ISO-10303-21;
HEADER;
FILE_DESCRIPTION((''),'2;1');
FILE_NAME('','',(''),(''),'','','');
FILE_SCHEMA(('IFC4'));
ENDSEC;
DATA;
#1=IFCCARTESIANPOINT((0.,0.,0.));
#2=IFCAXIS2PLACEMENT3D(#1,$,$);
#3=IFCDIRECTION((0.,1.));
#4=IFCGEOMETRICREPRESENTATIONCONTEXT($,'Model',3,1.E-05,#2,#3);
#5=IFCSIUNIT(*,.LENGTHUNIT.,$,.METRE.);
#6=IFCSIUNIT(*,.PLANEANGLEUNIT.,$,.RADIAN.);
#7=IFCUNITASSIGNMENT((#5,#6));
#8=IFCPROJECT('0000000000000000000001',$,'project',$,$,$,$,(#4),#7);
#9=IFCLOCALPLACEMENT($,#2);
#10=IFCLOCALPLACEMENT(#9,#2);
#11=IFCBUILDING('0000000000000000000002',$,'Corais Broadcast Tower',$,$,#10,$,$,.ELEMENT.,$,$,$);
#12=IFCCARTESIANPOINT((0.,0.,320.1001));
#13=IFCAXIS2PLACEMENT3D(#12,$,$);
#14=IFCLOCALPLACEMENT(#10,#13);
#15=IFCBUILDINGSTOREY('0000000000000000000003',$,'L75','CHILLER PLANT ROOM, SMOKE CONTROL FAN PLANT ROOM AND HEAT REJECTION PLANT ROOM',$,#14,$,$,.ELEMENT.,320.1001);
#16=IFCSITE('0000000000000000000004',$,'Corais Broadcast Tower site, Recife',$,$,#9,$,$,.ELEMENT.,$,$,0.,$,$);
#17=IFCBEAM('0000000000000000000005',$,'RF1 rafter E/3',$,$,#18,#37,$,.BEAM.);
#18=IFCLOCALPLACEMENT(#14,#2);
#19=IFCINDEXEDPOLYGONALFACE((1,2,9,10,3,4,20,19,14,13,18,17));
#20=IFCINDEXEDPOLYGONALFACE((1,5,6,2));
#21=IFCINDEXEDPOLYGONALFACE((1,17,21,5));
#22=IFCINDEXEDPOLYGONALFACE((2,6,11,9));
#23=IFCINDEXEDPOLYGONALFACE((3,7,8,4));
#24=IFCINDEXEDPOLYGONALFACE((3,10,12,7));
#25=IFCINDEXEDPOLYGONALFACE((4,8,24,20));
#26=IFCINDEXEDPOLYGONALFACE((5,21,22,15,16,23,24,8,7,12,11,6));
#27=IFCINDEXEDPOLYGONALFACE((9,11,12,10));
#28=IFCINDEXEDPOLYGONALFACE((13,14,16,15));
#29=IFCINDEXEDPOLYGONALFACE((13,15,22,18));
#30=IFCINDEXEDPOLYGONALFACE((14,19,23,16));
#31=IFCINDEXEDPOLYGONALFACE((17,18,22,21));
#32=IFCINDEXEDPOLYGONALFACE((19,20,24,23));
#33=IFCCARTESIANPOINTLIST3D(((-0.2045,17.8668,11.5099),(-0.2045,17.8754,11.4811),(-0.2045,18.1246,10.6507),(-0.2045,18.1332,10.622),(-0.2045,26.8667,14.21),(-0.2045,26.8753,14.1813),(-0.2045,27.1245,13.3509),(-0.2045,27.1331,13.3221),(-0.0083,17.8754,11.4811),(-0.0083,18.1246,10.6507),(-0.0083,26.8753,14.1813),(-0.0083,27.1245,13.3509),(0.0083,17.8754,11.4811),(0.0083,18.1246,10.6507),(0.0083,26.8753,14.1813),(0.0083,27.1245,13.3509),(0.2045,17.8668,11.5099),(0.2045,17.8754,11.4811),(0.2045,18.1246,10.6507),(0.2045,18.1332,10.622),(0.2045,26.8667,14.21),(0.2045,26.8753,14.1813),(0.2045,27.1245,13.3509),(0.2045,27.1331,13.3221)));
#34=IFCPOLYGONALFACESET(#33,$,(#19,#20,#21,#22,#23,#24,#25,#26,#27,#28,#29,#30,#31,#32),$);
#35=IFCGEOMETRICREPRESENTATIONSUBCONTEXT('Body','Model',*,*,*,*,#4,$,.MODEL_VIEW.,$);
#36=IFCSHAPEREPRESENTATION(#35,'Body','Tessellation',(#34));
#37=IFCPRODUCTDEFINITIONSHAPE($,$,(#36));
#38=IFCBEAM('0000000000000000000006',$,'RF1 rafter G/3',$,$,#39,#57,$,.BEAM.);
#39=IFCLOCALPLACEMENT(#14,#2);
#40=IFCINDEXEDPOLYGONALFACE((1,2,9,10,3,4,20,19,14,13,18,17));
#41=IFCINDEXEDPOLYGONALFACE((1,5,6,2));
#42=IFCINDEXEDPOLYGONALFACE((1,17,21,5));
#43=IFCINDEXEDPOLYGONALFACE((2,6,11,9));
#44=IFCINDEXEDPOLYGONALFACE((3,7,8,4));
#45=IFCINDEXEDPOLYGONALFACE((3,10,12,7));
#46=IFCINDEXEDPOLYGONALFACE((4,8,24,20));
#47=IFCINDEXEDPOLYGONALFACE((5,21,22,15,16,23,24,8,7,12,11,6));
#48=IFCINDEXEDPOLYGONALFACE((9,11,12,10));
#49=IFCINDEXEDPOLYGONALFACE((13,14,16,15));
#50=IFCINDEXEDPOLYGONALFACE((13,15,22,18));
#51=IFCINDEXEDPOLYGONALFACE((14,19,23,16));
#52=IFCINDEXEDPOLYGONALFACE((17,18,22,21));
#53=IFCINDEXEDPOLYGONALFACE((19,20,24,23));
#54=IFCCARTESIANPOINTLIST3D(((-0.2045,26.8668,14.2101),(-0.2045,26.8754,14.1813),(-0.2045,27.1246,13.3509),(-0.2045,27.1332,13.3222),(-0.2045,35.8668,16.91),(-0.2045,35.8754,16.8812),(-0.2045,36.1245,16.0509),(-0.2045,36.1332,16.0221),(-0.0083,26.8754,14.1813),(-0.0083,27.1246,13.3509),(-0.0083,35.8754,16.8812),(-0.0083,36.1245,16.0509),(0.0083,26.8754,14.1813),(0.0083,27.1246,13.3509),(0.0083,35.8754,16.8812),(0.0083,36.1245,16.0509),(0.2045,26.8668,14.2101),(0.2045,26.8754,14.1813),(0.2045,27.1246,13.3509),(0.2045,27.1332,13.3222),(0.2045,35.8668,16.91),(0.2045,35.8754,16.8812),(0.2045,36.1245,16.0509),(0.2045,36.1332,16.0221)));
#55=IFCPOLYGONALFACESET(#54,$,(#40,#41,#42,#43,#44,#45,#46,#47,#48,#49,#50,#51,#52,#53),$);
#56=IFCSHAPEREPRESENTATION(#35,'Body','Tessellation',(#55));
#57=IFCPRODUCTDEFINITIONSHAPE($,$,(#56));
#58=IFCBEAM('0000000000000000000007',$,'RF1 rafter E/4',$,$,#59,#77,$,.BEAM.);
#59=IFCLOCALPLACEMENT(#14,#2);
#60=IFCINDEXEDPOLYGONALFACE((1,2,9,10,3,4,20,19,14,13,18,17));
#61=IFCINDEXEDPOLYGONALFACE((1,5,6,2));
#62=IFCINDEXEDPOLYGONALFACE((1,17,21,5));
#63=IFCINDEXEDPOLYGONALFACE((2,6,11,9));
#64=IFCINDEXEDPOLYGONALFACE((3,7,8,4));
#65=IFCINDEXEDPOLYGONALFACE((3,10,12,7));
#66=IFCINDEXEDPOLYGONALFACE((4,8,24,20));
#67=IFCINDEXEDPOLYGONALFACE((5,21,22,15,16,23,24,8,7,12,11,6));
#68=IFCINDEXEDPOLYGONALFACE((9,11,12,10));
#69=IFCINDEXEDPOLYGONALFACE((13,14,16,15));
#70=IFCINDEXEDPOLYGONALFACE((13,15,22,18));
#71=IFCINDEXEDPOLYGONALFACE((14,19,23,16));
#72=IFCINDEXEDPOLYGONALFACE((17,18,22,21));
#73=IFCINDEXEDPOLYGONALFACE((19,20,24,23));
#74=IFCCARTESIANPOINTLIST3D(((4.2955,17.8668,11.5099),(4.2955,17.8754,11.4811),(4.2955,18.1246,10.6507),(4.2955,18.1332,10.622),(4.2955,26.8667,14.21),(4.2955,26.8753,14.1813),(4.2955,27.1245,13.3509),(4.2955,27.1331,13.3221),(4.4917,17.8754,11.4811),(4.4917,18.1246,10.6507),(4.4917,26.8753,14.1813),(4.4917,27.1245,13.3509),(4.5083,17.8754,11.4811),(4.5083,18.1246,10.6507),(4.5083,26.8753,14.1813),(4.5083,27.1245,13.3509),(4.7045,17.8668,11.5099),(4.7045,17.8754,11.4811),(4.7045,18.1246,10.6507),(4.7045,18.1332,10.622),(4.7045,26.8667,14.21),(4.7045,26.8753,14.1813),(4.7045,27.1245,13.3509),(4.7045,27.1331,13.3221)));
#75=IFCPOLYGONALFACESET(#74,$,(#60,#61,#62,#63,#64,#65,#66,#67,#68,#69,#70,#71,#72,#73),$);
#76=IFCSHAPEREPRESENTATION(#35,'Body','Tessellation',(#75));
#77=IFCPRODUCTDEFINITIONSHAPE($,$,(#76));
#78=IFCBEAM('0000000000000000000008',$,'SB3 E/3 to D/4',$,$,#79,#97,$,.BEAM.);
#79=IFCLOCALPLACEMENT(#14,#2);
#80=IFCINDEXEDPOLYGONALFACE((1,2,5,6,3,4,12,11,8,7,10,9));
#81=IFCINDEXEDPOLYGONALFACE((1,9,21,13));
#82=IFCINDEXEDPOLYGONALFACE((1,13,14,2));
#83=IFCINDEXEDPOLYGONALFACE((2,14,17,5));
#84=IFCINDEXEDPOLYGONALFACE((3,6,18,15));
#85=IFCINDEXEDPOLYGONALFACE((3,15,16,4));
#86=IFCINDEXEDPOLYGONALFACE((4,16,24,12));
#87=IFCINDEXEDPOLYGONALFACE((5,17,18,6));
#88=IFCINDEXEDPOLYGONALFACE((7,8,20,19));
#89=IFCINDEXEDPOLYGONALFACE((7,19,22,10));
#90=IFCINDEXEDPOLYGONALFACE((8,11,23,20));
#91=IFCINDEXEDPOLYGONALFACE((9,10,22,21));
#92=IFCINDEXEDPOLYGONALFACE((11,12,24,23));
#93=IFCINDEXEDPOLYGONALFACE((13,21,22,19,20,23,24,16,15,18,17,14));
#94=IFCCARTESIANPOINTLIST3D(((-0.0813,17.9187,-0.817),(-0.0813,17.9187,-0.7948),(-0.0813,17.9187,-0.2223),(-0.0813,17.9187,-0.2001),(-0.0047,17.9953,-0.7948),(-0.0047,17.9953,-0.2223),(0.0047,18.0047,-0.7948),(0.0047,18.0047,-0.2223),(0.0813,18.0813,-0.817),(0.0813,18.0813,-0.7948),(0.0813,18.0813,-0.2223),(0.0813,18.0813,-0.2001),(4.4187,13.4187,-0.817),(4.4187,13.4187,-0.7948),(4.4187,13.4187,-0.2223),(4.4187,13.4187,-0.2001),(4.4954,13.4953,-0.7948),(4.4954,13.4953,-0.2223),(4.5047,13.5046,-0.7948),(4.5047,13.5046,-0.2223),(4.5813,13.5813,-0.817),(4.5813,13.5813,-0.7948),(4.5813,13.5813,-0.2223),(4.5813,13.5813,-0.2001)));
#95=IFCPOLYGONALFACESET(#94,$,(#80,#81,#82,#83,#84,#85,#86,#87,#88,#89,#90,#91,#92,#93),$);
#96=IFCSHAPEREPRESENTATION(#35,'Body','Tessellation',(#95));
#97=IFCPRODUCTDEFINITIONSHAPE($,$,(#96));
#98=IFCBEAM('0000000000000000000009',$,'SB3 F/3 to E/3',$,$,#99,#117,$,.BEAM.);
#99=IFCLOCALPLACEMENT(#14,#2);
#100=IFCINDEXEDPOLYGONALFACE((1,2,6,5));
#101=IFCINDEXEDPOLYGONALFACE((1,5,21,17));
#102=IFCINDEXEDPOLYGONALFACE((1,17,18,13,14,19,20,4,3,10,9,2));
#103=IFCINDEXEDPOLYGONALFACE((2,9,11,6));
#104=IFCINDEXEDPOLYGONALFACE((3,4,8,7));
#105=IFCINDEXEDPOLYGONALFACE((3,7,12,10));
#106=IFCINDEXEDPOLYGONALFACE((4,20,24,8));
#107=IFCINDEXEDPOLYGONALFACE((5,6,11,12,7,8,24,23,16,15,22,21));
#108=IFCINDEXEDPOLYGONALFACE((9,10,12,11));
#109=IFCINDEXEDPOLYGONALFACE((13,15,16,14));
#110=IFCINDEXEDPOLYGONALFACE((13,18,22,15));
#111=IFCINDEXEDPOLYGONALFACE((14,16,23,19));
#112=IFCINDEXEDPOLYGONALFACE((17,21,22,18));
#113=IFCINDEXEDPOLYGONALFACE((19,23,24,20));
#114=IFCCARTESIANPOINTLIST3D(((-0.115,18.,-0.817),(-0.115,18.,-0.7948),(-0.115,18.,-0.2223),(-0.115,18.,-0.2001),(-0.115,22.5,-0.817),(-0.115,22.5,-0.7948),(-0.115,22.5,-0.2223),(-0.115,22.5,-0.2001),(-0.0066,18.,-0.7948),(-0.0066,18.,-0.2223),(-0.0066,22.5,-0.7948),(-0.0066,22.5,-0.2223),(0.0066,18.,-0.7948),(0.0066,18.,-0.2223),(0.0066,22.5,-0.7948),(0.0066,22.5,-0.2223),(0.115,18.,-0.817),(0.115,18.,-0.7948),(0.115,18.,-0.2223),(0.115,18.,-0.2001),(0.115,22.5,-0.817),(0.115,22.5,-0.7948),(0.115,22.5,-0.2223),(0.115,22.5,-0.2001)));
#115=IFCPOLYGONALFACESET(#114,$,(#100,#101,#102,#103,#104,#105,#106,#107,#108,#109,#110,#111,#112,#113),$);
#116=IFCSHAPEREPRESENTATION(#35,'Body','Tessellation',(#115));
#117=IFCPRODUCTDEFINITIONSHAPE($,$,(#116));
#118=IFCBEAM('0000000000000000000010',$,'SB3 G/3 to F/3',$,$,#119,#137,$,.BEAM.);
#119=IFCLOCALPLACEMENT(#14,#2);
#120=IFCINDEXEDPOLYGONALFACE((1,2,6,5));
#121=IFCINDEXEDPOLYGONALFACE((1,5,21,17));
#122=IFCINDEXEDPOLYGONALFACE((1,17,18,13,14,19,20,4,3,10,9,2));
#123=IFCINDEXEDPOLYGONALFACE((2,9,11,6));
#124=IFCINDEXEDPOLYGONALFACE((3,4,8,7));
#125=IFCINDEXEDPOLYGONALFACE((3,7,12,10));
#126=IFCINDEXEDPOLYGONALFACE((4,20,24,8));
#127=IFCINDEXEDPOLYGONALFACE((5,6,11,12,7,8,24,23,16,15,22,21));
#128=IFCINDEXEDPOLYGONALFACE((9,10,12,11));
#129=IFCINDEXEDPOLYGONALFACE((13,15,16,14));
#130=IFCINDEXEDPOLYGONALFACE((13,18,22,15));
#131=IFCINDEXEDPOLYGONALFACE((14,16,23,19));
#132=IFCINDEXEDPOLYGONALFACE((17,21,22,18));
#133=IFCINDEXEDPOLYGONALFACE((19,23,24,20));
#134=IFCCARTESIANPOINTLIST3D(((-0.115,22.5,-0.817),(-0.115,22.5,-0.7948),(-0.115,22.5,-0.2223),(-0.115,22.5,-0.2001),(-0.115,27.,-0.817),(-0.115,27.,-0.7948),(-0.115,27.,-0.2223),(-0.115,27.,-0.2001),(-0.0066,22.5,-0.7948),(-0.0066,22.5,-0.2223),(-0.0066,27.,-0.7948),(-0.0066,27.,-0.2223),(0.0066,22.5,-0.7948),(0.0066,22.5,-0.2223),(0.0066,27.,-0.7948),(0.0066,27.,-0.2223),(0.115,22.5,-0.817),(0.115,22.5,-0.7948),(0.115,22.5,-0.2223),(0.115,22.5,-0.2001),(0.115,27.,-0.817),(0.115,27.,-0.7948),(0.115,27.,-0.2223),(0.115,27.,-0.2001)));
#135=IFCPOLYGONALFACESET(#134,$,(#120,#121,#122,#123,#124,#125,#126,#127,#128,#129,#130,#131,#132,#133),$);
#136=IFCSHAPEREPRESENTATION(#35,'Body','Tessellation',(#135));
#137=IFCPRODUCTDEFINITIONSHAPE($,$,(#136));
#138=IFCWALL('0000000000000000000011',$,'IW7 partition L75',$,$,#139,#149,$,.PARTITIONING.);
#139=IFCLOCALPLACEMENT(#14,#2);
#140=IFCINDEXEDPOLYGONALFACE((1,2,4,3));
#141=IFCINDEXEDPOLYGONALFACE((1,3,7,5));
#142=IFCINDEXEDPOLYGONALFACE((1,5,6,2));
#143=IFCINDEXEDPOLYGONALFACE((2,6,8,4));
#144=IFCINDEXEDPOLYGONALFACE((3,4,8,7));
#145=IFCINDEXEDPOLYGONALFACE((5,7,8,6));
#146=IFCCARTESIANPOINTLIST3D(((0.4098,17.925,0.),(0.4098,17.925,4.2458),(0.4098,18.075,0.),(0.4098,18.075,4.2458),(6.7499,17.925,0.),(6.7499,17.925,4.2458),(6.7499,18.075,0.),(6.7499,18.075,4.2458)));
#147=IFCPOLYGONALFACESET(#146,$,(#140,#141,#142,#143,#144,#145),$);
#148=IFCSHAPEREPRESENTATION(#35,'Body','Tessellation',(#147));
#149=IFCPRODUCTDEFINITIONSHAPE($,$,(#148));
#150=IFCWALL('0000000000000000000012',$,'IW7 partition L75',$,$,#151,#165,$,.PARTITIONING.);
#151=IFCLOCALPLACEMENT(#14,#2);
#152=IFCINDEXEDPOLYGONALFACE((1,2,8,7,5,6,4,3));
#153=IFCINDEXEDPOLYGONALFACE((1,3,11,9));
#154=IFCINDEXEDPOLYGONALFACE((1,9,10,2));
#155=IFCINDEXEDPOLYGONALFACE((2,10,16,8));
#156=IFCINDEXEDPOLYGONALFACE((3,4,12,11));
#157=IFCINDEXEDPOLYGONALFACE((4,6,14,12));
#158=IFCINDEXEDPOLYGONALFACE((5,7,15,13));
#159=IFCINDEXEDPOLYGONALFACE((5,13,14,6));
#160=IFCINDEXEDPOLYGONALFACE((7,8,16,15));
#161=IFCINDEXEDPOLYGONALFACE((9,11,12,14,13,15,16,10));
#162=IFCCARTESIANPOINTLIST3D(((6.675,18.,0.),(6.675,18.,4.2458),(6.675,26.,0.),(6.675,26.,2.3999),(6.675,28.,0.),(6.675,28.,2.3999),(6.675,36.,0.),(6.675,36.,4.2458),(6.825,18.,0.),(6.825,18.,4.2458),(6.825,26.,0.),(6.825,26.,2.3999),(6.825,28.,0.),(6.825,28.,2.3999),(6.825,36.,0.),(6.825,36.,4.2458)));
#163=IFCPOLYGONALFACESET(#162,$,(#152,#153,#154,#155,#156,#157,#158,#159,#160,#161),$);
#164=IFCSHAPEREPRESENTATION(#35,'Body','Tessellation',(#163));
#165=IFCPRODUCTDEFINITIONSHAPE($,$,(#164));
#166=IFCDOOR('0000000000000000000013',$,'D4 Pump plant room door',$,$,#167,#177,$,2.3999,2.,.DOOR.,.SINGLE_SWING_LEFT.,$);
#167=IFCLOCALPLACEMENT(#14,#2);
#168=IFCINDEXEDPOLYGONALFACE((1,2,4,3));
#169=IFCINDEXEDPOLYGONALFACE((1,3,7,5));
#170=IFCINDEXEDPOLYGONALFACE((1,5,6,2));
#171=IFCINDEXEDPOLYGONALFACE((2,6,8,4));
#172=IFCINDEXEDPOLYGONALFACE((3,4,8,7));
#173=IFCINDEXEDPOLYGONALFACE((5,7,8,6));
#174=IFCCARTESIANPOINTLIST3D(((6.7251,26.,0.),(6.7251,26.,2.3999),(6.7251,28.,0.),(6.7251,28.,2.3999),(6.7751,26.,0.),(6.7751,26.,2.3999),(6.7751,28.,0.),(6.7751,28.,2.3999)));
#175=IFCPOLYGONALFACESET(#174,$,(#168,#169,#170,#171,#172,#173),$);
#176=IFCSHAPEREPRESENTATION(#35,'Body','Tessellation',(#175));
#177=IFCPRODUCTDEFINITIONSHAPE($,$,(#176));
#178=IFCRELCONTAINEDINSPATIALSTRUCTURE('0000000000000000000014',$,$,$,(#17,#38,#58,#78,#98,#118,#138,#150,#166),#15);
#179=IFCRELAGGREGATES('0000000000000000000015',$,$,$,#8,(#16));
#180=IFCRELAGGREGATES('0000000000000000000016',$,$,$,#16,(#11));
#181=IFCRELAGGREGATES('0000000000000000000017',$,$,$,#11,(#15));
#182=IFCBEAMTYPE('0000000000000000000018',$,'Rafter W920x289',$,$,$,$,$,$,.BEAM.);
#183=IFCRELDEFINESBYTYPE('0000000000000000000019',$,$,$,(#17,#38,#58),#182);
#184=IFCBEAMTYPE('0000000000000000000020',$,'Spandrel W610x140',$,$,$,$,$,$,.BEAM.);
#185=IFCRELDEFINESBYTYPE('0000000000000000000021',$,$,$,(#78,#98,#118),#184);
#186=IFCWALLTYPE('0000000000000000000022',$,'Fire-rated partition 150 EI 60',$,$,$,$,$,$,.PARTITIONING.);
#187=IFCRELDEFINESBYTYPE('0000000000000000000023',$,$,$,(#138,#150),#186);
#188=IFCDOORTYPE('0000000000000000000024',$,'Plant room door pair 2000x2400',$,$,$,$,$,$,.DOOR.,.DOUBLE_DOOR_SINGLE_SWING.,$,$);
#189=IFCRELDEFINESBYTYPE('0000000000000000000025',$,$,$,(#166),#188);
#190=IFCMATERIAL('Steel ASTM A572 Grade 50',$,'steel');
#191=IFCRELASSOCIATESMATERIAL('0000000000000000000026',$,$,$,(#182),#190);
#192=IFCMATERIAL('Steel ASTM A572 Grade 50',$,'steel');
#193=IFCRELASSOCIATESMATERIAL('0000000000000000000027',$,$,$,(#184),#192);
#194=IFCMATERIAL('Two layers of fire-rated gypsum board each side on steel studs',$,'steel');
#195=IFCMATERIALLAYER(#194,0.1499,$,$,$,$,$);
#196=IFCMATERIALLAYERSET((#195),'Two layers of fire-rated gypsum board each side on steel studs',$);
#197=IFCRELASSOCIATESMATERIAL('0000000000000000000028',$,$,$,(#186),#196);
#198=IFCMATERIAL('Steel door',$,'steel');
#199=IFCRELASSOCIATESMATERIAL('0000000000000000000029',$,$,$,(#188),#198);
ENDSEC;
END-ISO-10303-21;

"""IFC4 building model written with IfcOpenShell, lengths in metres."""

from ifc_helpers import new_model, si_unit, direction, frame, frame_2d, origin, origin_2d, place, context, subcontext, project, spatial, rectangle, i_section, extrude, material, layer, layer_set, material_profile, profile_set, type_object, element, fill, save


model = new_model("IFC4")

# Units and contexts
model_context = context("Model", 3, precision=1e-05, world=origin(), true_north=direction((0.0, 1.0)))
body_context = subcontext(model_context, "Body", "Model", "MODEL_VIEW")
ifc_project = project(units=[si_unit("LENGTHUNIT", "METRE"), si_unit("PLANEANGLEUNIT", "RADIAN")], contexts=[model_context])

# Site, building, storey
site_placement = place(None, origin())
site = spatial("IfcSite", under=ifc_project, at=site_placement, Name="Corais Broadcast Tower site, Recife", CompositionType="ELEMENT", RefElevation=0.0)
building_placement = place(site_placement, origin())
building = spatial("IfcBuilding", under=site, at=building_placement, Name="Corais Broadcast Tower", CompositionType="ELEMENT")
storey_placement = place(building_placement, frame((0.0, 0.0, 320.1001)))
storey = spatial("IfcBuildingStorey", under=building, at=storey_placement, Name="L75", Description="CHILLER PLANT ROOM, SMOKE CONTROL FAN PLANT ROOM AND HEAT REJECTION PLANT ROOM", CompositionType="ELEMENT", Elevation=320.1001)

# Beams
ifc_material_1 = material(Name="Steel ASTM A572 Grade 50", Category="steel")
ifc_material_profile_1 = material_profile(ifc_material_1, i_section(OverallWidth=0.4089, OverallDepth=0.927, WebThickness=0.0166, FlangeThickness=0.03, at=origin_2d()), Name="W920x289")
ifc_profile_set_1 = profile_set([ifc_material_profile_1], Name="Steel ASTM A572 Grade 50")
beam_type_1 = type_object("IfcBeamType", Name="Rafter W920x289", PredefinedType="BEAM", material=ifc_profile_set_1)
for number, where, z_axis, x_axis, name in (
    (1, (0.0, 18.0, 11.0659), (0.0, 0.957821, 0.287367), (-1.0, 0.0, 0.0), "RF1 rafter E/3"),
    (2, (0.0, 27.0, 13.7661), (0.0, 0.957828, 0.287343), (-1.0, 0.0, 0.0), "RF1 rafter G/3"),
    (3, (4.5, 18.0, 11.0659), (0.0, 0.957821, 0.287367), (-1.0, 0.0, 0.0), "RF1 rafter E/4"),
):
    element("IfcBeam", number, at=place(storey_placement, frame(where, z_axis=z_axis, x_axis=x_axis)), inside=storey, type_object=beam_type_1, Name=name, PredefinedType="BEAM", context=body_context, shape_type="SweptSolid", body=[
        extrude(i_section(OverallWidth=0.4089, OverallDepth=0.927, WebThickness=0.0166, FlangeThickness=0.03, at=origin_2d()), origin(), (0.0, 0.0, 1.0), 9.3962),
    ])
ifc_material_2 = material(Name="Steel ASTM A572 Grade 50", Category="steel")
ifc_material_profile_2 = material_profile(ifc_material_2, i_section(OverallWidth=0.23, OverallDepth=0.6169, WebThickness=0.0132, FlangeThickness=0.0222, at=origin_2d()), Name="W610x140")
ifc_profile_set_2 = profile_set([ifc_material_profile_2], Name="Steel ASTM A572 Grade 50")
beam_type_2 = type_object("IfcBeamType", Name="Spandrel W610x140", PredefinedType="BEAM", material=ifc_profile_set_2)
beam_1_placement = place(storey_placement, frame((0.0, 18.0, -0.5085), z_axis=(0.707107, -0.707107, 0.0), x_axis=(0.707107, 0.707107, 0.0)))
element("IfcBeam", 4, at=beam_1_placement, inside=storey, type_object=beam_type_2, Name="SB3 E/3 to D/4", PredefinedType="BEAM", context=body_context, shape_type="SweptSolid", body=[
    extrude(i_section(OverallWidth=0.23, OverallDepth=0.6169, WebThickness=0.0132, FlangeThickness=0.0222, at=origin_2d()), origin(), (0.0, 0.0, 1.0), 6.364),
])
for number, where, z_axis, x_axis, name in (
    (5, (0.0, 22.5, -0.5085), (0.0, -1.0, 0.0), (1.0, 0.0, 0.0), "SB3 F/3 to E/3"),
    (6, (0.0, 27.0, -0.5085), (0.0, -1.0, 0.0), (1.0, 0.0, 0.0), "SB3 G/3 to F/3"),
):
    element("IfcBeam", number, at=place(storey_placement, frame(where, z_axis=z_axis, x_axis=x_axis)), inside=storey, type_object=beam_type_2, Name=name, PredefinedType="BEAM", context=body_context, shape_type="SweptSolid", body=[
        extrude(i_section(OverallWidth=0.23, OverallDepth=0.6169, WebThickness=0.0132, FlangeThickness=0.0222, at=origin_2d()), origin(), (0.0, 0.0, 1.0), 4.5),
    ])

# Wall
ifc_material_3 = material(Name="Two layers of fire-rated gypsum board each side on steel studs", Category="steel")
ifc_layer = layer(ifc_material_3, 0.1499)
ifc_layer_set = layer_set([ifc_layer], Name="Two layers of fire-rated gypsum board each side on steel studs")
wall_type = type_object("IfcWallType", Name="Fire-rated partition 150 EI 60", PredefinedType="PARTITIONING", material=ifc_layer_set)
wall_1_placement = place(storey_placement, frame((0.4099, 18.0, 0.0), z_axis=(0.0, 0.0, 1.0), x_axis=(1.0, 0.0, 0.0)))
element("IfcWall", 7, at=wall_1_placement, inside=storey, type_object=wall_type, Name="IW7 partition L75", PredefinedType="PARTITIONING", context=body_context, shape_type="SweptSolid", body=[
    extrude(rectangle(XDim=6.3401, YDim=0.1499, at=frame_2d((3.1699, 0.0))), origin(), (0.0, 0.0, 1.0), 4.2458),
])

# Wall, opening, door
wall_2_placement = place(storey_placement, frame((6.75, 18.0, 0.0), z_axis=(0.0, 0.0, 1.0), x_axis=(0.0, 1.0, 0.0)))
wall_2 = element("IfcWall", 8, at=wall_2_placement, inside=storey, type_object=wall_type, Name="IW7 partition L75", PredefinedType="PARTITIONING", context=body_context, shape_type="SweptSolid", body=[
    extrude(rectangle(XDim=18.0, YDim=0.1499, at=frame_2d((9.0, 0.0))), origin(), (0.0, 0.0, 1.0), 4.2458),
])
opening_placement = place(wall_2_placement, frame((8.0, 0.0, 0.0)))
opening = element("IfcOpeningElement", 9, at=opening_placement, cuts=wall_2, PredefinedType="OPENING", context=body_context, shape_type="SweptSolid", body=[
    extrude(rectangle(XDim=2.0, YDim=2.3999, at=frame_2d((1.0, 1.2))), frame((0.0, 0.085, 0.0), z_axis=(0.0, -1.0, 0.0), x_axis=(1.0, 0.0, 0.0)), (0.0, 0.0, 1.0), 0.1699),
])
ifc_material_4 = material(Name="Steel door", Category="steel")
door_type = type_object("IfcDoorType", Name="Plant room door pair 2000x2400", OperationType="DOUBLE_DOOR_SINGLE_SWING", PredefinedType="DOOR", material=ifc_material_4)
door_placement = place(opening_placement, origin())
door = element("IfcDoor", 10, at=door_placement, inside=storey, type_object=door_type, Name="D4 Pump plant room door", OperationType="SINGLE_SWING_LEFT", OverallHeight=2.3999, OverallWidth=2.0, PredefinedType="DOOR", context=body_context, shape_type="SweptSolid", body=[
    extrude(rectangle(XDim=2.0, YDim=2.3999, at=frame_2d((1.0, 1.2))), frame((0.0, 0.0249, 0.0), z_axis=(0.0, -1.0, 0.0), x_axis=(1.0, 0.0, 0.0)), (0.0, 0.0, 1.0), 0.05),
])
fill(opening, door)

save(model, "model.ifc")
